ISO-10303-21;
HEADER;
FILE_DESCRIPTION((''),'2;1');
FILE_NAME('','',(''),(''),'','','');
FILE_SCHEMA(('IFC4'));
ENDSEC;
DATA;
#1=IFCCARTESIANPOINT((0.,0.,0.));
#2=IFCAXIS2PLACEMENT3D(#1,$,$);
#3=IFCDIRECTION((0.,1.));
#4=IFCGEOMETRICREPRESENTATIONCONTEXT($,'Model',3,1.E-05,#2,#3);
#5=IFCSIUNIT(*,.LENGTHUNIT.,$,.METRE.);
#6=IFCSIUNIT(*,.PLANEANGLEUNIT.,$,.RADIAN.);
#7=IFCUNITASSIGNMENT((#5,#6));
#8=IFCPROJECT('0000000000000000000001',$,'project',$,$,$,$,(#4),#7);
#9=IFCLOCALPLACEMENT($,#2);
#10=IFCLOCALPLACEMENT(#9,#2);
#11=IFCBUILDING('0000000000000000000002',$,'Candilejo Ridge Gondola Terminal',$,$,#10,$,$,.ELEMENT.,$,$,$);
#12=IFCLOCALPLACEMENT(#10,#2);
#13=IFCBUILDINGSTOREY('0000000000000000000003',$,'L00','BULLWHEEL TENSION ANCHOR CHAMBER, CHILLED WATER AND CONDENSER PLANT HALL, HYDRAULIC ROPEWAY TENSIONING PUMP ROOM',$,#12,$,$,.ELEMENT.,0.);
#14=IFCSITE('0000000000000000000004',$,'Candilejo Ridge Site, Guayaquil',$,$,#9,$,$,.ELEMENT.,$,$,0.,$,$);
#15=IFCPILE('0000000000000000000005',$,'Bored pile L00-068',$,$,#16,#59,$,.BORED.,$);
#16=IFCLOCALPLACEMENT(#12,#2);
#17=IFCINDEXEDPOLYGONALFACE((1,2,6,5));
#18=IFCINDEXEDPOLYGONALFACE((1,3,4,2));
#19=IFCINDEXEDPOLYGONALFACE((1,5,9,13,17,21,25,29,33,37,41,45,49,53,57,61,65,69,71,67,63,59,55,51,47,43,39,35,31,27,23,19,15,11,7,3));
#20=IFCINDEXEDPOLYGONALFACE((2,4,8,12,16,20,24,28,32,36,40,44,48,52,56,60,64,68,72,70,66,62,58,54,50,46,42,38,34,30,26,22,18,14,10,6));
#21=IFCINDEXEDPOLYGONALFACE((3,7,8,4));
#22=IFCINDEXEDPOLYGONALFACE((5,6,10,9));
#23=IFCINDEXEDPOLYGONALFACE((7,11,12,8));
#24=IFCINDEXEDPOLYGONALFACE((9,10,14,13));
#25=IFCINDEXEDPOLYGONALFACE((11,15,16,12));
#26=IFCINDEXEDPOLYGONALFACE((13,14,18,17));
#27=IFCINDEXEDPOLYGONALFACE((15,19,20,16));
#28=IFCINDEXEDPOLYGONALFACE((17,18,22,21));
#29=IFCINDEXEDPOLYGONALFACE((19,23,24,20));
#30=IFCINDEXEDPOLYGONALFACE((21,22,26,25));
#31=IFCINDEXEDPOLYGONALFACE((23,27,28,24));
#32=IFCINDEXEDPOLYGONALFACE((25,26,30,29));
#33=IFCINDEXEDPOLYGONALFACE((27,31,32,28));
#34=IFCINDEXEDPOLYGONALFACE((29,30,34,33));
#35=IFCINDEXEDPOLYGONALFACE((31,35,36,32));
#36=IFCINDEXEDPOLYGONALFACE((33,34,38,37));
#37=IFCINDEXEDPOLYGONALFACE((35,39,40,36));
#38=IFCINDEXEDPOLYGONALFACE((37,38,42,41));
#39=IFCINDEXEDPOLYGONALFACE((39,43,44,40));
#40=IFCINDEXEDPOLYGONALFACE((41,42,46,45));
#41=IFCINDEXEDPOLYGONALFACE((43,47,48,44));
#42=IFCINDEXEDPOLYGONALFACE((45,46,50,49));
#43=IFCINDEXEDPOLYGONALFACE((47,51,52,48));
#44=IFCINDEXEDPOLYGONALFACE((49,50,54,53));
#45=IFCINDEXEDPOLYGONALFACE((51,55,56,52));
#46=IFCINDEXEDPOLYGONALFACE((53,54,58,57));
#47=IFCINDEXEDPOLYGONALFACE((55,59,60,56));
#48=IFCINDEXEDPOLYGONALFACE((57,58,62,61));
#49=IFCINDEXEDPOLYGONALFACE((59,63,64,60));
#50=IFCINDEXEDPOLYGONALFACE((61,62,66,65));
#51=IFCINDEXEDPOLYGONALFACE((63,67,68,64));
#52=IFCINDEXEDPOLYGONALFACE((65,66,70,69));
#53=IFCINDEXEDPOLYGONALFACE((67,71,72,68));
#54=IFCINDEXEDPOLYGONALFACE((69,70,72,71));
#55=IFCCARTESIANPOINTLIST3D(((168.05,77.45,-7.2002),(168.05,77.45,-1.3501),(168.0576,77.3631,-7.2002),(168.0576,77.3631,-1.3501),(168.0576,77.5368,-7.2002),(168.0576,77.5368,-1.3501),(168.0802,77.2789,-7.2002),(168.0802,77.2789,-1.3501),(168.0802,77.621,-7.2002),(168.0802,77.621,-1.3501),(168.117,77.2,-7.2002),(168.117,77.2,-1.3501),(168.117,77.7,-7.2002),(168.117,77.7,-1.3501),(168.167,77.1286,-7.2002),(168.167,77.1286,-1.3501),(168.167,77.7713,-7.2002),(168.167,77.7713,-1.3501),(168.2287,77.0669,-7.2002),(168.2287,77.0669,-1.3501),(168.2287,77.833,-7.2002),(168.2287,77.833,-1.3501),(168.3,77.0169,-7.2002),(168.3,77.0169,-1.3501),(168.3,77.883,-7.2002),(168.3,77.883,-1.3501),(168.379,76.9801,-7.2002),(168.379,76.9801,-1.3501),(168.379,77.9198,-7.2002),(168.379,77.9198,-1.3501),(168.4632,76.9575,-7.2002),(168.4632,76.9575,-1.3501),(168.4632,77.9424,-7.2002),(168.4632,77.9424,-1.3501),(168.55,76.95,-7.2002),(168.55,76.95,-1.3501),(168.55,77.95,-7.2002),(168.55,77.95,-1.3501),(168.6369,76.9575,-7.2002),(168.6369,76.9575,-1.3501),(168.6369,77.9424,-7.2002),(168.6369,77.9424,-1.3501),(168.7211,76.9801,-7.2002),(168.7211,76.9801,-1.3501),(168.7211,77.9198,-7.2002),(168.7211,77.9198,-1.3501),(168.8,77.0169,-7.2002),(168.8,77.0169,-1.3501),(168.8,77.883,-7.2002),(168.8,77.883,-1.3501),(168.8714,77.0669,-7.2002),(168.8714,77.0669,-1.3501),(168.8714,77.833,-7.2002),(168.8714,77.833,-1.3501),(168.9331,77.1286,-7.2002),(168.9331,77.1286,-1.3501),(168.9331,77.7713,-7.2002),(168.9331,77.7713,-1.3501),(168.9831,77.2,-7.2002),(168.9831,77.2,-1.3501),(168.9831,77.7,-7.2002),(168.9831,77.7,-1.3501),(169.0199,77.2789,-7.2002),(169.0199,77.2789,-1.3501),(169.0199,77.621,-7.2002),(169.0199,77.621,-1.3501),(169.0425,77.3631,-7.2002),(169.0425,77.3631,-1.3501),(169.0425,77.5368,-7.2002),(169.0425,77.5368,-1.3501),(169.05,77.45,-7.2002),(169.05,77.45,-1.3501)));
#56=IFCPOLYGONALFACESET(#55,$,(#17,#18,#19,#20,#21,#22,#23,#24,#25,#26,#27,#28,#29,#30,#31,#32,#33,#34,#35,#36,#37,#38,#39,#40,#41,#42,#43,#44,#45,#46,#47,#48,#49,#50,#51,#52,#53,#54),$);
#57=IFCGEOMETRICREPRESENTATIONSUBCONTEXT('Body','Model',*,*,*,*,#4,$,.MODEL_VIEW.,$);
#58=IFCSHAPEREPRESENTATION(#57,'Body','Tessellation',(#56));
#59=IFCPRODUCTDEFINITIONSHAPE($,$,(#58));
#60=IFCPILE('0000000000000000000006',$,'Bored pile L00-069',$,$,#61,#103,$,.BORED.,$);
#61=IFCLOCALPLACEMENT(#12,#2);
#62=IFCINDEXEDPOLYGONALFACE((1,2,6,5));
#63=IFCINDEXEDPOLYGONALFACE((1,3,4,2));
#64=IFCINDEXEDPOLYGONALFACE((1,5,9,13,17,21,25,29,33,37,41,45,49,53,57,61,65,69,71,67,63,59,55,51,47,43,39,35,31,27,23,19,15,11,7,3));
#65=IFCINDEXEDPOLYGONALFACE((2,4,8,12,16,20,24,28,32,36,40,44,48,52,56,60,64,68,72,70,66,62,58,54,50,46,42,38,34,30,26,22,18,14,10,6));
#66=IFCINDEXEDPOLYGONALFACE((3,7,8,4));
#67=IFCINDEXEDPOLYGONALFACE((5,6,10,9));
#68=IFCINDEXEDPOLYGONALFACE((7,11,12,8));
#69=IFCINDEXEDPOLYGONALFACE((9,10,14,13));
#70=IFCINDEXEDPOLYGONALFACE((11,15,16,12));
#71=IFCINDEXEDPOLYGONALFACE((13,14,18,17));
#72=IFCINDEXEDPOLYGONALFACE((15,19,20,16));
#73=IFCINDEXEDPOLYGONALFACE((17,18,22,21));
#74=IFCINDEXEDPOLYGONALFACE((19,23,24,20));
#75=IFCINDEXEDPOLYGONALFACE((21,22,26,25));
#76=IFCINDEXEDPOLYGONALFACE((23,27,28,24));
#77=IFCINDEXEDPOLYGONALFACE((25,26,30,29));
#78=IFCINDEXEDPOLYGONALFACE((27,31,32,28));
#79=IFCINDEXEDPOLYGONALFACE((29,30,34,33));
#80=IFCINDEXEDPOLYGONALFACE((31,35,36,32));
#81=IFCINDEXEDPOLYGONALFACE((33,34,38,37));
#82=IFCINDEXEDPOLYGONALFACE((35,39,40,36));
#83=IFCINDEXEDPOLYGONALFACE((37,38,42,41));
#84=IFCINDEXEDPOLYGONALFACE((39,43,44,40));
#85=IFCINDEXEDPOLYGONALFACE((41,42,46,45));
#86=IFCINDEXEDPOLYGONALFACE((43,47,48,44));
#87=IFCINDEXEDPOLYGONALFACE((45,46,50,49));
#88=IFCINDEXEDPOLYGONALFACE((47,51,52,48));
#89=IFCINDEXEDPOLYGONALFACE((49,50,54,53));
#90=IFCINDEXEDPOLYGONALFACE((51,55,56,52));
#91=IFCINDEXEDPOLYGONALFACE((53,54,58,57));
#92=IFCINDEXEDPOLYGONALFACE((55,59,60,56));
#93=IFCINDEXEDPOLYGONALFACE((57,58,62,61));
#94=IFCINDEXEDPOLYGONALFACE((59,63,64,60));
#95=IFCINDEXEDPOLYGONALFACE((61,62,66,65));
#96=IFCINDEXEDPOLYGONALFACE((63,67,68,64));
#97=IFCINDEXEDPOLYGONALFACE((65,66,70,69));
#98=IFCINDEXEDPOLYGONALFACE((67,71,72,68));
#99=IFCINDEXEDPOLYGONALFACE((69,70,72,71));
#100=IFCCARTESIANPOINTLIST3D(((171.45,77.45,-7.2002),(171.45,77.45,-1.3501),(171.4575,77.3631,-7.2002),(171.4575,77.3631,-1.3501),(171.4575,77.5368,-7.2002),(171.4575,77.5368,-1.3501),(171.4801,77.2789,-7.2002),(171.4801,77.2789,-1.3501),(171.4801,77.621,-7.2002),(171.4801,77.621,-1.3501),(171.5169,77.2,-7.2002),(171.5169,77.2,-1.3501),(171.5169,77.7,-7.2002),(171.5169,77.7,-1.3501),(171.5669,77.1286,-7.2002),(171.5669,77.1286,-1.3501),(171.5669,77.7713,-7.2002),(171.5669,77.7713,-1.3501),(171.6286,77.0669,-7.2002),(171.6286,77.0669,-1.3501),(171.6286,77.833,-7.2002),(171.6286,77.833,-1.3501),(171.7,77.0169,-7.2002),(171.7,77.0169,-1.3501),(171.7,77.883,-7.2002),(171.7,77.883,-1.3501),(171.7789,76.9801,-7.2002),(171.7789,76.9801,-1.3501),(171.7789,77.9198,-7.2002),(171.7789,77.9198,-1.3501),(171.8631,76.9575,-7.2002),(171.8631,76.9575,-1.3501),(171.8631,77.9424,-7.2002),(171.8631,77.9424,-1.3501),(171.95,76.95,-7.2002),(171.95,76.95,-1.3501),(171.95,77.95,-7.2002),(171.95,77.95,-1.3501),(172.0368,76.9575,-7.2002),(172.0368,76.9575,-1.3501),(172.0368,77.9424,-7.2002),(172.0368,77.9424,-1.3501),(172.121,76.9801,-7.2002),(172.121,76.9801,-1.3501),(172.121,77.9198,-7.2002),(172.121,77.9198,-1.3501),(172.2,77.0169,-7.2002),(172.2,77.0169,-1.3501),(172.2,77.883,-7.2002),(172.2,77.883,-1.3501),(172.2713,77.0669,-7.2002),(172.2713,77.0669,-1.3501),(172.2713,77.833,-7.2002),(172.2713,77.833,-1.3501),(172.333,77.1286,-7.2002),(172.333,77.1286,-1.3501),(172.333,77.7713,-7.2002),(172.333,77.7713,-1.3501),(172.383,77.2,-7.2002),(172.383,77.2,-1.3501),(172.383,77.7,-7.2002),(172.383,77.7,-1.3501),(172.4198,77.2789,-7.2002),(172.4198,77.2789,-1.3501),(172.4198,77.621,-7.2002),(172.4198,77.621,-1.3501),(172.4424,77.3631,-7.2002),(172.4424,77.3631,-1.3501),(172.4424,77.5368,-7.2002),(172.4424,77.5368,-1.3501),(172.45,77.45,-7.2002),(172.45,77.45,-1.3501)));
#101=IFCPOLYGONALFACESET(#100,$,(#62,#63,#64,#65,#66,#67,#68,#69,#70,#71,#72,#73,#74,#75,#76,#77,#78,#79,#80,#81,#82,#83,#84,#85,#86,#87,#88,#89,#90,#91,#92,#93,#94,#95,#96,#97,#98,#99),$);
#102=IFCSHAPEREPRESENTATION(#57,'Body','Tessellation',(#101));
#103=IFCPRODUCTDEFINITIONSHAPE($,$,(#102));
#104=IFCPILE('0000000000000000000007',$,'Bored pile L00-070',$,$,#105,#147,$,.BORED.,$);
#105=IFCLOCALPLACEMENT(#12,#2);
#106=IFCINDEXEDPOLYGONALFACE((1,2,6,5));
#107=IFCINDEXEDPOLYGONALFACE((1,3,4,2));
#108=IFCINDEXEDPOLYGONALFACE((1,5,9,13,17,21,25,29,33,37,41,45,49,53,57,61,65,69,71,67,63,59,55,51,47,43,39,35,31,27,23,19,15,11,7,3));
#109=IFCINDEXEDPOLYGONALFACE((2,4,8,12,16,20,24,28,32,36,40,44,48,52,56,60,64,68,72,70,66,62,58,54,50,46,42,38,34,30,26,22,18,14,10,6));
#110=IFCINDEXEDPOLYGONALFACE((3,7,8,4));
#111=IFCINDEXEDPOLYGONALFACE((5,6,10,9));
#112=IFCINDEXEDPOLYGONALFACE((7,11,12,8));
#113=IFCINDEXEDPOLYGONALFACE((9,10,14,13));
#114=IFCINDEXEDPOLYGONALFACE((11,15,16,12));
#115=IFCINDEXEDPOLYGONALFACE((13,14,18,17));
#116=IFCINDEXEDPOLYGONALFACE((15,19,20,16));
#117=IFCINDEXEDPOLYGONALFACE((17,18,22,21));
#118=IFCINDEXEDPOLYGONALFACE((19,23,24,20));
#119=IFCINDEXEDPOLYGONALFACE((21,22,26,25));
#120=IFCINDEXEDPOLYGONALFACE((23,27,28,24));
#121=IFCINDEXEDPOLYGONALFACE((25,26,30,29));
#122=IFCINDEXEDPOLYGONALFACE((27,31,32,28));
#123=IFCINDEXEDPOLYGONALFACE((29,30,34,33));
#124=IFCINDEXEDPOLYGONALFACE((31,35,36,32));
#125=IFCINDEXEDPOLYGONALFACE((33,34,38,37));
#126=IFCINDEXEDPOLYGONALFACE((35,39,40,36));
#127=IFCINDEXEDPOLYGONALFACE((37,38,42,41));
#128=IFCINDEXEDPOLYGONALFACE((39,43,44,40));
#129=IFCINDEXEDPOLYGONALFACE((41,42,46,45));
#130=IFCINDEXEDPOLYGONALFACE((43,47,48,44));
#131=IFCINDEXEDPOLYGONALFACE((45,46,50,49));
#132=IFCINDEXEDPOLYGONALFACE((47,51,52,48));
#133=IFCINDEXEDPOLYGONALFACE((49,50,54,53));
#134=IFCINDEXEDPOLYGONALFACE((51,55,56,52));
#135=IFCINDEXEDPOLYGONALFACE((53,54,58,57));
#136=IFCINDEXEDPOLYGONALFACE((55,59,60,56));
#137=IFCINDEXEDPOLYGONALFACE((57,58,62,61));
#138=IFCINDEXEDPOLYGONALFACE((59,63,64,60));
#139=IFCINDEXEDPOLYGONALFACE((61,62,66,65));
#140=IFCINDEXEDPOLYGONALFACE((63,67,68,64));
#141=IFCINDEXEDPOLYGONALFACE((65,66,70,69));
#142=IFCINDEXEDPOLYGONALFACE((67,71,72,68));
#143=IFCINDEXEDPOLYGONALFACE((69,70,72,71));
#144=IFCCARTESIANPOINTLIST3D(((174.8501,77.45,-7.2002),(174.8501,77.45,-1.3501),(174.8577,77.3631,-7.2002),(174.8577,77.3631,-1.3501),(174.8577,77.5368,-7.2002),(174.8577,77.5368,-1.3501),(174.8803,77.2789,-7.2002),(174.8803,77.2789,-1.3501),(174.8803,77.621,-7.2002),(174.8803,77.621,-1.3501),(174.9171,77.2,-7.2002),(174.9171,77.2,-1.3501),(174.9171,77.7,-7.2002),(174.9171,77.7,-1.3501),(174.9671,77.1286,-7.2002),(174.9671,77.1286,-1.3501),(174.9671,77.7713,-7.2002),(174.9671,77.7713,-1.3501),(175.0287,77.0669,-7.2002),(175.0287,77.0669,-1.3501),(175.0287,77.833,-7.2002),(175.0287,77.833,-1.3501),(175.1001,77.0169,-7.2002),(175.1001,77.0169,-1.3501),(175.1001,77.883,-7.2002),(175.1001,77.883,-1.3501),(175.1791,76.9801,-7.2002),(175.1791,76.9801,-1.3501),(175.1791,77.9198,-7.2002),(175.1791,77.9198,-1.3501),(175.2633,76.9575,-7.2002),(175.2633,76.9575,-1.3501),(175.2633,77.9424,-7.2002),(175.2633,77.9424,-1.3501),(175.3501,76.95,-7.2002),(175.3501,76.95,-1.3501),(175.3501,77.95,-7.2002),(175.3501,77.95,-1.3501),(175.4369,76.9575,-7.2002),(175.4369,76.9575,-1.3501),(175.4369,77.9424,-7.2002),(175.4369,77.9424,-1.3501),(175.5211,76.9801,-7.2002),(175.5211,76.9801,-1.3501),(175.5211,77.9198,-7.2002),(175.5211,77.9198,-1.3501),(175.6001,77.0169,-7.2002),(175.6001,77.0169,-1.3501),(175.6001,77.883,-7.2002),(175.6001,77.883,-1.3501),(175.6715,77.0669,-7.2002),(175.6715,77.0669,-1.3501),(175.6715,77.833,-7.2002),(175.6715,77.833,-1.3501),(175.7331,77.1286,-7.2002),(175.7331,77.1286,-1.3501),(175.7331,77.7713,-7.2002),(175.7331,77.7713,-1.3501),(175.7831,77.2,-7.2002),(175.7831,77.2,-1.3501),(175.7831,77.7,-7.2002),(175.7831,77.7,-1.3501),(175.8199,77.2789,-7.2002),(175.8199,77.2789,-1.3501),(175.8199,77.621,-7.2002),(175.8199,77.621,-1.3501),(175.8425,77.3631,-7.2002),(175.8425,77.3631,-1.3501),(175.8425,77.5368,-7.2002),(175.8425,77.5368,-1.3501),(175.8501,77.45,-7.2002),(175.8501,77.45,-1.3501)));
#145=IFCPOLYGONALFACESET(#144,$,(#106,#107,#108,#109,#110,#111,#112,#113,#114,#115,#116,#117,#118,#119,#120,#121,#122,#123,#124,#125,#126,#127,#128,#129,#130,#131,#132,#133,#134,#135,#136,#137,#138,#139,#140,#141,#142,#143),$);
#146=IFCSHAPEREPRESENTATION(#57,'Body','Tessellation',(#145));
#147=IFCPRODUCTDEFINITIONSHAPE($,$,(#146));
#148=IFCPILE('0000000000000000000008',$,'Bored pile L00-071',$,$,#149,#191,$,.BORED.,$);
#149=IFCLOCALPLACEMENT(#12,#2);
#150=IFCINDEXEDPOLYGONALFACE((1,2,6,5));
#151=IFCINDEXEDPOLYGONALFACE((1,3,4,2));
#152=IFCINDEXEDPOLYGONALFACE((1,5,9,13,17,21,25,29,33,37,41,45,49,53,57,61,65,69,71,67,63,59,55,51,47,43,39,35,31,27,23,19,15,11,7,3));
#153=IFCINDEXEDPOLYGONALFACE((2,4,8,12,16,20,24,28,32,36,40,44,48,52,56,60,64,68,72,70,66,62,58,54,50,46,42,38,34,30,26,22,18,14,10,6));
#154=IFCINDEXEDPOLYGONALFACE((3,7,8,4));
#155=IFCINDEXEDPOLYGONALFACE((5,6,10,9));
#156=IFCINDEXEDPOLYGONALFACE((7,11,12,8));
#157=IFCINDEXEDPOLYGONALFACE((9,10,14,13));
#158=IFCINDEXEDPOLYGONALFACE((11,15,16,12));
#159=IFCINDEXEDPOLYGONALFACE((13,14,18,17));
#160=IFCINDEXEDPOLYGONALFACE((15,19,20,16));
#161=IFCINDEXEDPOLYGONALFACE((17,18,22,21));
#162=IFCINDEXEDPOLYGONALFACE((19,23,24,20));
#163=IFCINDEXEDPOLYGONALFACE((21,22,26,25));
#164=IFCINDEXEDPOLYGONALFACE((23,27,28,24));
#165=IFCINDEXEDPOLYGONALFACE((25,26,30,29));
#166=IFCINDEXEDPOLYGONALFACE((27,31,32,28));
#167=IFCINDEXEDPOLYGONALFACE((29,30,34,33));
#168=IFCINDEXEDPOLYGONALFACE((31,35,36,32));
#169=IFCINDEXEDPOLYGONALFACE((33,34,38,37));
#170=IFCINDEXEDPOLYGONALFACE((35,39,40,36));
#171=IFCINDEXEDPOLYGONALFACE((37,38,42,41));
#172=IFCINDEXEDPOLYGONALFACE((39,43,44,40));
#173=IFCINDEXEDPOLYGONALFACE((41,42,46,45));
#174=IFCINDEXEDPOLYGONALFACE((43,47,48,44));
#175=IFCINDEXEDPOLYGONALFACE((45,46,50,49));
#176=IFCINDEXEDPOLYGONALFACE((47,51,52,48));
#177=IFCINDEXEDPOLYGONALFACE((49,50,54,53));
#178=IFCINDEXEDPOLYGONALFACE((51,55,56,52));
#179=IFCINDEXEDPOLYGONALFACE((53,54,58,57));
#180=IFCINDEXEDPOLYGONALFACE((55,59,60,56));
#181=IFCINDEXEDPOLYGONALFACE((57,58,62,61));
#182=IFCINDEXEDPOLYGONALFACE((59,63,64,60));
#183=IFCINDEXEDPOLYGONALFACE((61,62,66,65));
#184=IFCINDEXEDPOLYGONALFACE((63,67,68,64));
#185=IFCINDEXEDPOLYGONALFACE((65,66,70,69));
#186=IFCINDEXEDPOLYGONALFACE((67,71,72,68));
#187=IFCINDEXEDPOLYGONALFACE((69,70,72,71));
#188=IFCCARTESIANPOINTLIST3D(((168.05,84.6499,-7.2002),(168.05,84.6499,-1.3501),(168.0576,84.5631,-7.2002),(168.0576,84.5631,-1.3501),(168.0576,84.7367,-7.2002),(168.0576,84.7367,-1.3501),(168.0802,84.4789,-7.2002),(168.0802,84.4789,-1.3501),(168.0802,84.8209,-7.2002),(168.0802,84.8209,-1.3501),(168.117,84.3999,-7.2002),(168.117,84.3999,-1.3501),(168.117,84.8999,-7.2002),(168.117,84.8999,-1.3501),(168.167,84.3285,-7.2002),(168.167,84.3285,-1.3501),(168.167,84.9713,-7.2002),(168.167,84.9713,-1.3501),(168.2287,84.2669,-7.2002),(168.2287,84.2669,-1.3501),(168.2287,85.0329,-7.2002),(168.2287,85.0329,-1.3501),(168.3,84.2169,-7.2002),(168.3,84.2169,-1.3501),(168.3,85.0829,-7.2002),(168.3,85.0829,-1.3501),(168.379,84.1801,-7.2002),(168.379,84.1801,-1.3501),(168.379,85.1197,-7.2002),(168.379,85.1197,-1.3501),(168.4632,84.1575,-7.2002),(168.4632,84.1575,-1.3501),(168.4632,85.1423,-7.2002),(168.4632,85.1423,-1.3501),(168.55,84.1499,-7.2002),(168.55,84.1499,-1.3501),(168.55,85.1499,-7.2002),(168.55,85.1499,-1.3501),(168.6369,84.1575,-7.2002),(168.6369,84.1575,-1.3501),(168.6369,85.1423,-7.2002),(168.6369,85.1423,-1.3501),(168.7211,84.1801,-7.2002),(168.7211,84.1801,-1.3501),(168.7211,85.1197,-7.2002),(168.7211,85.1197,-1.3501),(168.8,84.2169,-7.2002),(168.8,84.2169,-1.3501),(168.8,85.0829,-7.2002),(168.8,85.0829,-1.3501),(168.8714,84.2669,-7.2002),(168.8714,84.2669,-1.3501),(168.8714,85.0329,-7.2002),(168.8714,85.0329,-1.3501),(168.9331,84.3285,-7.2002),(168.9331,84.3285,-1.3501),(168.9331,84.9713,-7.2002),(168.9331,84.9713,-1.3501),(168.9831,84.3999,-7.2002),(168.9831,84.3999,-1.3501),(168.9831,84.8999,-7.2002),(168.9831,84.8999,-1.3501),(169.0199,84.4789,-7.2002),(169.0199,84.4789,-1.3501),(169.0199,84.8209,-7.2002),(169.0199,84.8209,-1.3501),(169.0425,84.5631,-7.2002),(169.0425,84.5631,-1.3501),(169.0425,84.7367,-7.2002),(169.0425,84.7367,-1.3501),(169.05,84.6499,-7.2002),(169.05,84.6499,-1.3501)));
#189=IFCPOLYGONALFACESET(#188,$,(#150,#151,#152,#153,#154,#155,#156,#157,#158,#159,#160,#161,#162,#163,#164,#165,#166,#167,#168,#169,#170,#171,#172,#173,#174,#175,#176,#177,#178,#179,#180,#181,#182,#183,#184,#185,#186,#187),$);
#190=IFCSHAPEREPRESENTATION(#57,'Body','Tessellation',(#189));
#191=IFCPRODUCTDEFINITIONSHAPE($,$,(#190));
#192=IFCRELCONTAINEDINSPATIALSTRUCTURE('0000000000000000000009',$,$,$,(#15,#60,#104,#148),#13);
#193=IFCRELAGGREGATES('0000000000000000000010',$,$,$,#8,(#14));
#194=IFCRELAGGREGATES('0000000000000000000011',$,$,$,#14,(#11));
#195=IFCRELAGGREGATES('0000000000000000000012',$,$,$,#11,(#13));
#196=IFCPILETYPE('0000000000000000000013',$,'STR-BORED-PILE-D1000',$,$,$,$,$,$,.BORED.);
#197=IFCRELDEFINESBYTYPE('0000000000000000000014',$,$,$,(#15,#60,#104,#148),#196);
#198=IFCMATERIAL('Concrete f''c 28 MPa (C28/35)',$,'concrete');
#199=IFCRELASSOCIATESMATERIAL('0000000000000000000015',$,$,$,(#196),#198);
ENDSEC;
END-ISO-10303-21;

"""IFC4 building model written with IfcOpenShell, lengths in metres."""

from ifc_helpers import new_model, si_unit, direction, frame, origin, origin_2d, place, context, subcontext, project, spatial, circle, extrude, material, material_profile, profile_set, type_object, element, save


model = new_model("IFC4")

# Units and contexts
model_context = context("Model", 3, precision=1e-05, world=origin(), true_north=direction((0.0, 1.0)))
body_context = subcontext(model_context, "Body", "Model", "MODEL_VIEW")
ifc_project = project(units=[si_unit("LENGTHUNIT", "METRE"), si_unit("PLANEANGLEUNIT", "RADIAN")], contexts=[model_context])

# Site, building, storey
site_placement = place(None, origin())
site = spatial("IfcSite", under=ifc_project, at=site_placement, Name="Candilejo Ridge Site, Guayaquil", CompositionType="ELEMENT", RefElevation=0.0)
building_placement = place(site_placement, origin())
building = spatial("IfcBuilding", under=site, at=building_placement, Name="Candilejo Ridge Gondola Terminal", CompositionType="ELEMENT")
storey_placement = place(building_placement, origin())
storey = spatial("IfcBuildingStorey", under=building, at=storey_placement, Name="L00", Description="BULLWHEEL TENSION ANCHOR CHAMBER, CHILLED WATER AND CONDENSER PLANT HALL, HYDRAULIC ROPEWAY TENSIONING PUMP ROOM", CompositionType="ELEMENT", Elevation=0.0)

# Piles
ifc_material_1 = material(Name="Concrete f'c 28 MPa (C28/35)", Category="concrete")
ifc_material_profile_1 = material_profile(ifc_material_1, circle(Radius=0.5, at=origin_2d()))
ifc_profile_set_1 = profile_set([ifc_material_profile_1], Name="Concrete f'c 28 MPa (C28/35)")
pile_type = type_object("IfcPileType", Name="STR-BORED-PILE-D1000", PredefinedType="BORED", material=ifc_profile_set_1)
for number, where, z_axis, x_axis, name in (
    (1, (168.55, 77.45, -1.3501), (0.0, 0.0, -1.0), (1.0, 0.0, 0.0), "Bored pile L00-068"),
    (2, (171.95, 77.45, -1.3501), (0.0, 0.0, -1.0), (1.0, 0.0, 0.0), "Bored pile L00-069"),
    (3, (175.3501, 77.45, -1.3501), (0.0, 0.0, -1.0), (1.0, 0.0, 0.0), "Bored pile L00-070"),
    (4, (168.55, 84.6499, -1.3501), (0.0, 0.0, -1.0), (1.0, 0.0, 0.0), "Bored pile L00-071"),
):
    element("IfcPile", number, at=place(storey_placement, frame(where, z_axis=z_axis, x_axis=x_axis)), inside=storey, type_object=pile_type, Name=name, PredefinedType="BORED", context=body_context, shape_type="SweptSolid", body=[
        extrude(circle(Radius=0.5, at=origin_2d()), origin(), (0.0, 0.0, 1.0), 5.8501),
    ])

save(model, "model.ifc")
